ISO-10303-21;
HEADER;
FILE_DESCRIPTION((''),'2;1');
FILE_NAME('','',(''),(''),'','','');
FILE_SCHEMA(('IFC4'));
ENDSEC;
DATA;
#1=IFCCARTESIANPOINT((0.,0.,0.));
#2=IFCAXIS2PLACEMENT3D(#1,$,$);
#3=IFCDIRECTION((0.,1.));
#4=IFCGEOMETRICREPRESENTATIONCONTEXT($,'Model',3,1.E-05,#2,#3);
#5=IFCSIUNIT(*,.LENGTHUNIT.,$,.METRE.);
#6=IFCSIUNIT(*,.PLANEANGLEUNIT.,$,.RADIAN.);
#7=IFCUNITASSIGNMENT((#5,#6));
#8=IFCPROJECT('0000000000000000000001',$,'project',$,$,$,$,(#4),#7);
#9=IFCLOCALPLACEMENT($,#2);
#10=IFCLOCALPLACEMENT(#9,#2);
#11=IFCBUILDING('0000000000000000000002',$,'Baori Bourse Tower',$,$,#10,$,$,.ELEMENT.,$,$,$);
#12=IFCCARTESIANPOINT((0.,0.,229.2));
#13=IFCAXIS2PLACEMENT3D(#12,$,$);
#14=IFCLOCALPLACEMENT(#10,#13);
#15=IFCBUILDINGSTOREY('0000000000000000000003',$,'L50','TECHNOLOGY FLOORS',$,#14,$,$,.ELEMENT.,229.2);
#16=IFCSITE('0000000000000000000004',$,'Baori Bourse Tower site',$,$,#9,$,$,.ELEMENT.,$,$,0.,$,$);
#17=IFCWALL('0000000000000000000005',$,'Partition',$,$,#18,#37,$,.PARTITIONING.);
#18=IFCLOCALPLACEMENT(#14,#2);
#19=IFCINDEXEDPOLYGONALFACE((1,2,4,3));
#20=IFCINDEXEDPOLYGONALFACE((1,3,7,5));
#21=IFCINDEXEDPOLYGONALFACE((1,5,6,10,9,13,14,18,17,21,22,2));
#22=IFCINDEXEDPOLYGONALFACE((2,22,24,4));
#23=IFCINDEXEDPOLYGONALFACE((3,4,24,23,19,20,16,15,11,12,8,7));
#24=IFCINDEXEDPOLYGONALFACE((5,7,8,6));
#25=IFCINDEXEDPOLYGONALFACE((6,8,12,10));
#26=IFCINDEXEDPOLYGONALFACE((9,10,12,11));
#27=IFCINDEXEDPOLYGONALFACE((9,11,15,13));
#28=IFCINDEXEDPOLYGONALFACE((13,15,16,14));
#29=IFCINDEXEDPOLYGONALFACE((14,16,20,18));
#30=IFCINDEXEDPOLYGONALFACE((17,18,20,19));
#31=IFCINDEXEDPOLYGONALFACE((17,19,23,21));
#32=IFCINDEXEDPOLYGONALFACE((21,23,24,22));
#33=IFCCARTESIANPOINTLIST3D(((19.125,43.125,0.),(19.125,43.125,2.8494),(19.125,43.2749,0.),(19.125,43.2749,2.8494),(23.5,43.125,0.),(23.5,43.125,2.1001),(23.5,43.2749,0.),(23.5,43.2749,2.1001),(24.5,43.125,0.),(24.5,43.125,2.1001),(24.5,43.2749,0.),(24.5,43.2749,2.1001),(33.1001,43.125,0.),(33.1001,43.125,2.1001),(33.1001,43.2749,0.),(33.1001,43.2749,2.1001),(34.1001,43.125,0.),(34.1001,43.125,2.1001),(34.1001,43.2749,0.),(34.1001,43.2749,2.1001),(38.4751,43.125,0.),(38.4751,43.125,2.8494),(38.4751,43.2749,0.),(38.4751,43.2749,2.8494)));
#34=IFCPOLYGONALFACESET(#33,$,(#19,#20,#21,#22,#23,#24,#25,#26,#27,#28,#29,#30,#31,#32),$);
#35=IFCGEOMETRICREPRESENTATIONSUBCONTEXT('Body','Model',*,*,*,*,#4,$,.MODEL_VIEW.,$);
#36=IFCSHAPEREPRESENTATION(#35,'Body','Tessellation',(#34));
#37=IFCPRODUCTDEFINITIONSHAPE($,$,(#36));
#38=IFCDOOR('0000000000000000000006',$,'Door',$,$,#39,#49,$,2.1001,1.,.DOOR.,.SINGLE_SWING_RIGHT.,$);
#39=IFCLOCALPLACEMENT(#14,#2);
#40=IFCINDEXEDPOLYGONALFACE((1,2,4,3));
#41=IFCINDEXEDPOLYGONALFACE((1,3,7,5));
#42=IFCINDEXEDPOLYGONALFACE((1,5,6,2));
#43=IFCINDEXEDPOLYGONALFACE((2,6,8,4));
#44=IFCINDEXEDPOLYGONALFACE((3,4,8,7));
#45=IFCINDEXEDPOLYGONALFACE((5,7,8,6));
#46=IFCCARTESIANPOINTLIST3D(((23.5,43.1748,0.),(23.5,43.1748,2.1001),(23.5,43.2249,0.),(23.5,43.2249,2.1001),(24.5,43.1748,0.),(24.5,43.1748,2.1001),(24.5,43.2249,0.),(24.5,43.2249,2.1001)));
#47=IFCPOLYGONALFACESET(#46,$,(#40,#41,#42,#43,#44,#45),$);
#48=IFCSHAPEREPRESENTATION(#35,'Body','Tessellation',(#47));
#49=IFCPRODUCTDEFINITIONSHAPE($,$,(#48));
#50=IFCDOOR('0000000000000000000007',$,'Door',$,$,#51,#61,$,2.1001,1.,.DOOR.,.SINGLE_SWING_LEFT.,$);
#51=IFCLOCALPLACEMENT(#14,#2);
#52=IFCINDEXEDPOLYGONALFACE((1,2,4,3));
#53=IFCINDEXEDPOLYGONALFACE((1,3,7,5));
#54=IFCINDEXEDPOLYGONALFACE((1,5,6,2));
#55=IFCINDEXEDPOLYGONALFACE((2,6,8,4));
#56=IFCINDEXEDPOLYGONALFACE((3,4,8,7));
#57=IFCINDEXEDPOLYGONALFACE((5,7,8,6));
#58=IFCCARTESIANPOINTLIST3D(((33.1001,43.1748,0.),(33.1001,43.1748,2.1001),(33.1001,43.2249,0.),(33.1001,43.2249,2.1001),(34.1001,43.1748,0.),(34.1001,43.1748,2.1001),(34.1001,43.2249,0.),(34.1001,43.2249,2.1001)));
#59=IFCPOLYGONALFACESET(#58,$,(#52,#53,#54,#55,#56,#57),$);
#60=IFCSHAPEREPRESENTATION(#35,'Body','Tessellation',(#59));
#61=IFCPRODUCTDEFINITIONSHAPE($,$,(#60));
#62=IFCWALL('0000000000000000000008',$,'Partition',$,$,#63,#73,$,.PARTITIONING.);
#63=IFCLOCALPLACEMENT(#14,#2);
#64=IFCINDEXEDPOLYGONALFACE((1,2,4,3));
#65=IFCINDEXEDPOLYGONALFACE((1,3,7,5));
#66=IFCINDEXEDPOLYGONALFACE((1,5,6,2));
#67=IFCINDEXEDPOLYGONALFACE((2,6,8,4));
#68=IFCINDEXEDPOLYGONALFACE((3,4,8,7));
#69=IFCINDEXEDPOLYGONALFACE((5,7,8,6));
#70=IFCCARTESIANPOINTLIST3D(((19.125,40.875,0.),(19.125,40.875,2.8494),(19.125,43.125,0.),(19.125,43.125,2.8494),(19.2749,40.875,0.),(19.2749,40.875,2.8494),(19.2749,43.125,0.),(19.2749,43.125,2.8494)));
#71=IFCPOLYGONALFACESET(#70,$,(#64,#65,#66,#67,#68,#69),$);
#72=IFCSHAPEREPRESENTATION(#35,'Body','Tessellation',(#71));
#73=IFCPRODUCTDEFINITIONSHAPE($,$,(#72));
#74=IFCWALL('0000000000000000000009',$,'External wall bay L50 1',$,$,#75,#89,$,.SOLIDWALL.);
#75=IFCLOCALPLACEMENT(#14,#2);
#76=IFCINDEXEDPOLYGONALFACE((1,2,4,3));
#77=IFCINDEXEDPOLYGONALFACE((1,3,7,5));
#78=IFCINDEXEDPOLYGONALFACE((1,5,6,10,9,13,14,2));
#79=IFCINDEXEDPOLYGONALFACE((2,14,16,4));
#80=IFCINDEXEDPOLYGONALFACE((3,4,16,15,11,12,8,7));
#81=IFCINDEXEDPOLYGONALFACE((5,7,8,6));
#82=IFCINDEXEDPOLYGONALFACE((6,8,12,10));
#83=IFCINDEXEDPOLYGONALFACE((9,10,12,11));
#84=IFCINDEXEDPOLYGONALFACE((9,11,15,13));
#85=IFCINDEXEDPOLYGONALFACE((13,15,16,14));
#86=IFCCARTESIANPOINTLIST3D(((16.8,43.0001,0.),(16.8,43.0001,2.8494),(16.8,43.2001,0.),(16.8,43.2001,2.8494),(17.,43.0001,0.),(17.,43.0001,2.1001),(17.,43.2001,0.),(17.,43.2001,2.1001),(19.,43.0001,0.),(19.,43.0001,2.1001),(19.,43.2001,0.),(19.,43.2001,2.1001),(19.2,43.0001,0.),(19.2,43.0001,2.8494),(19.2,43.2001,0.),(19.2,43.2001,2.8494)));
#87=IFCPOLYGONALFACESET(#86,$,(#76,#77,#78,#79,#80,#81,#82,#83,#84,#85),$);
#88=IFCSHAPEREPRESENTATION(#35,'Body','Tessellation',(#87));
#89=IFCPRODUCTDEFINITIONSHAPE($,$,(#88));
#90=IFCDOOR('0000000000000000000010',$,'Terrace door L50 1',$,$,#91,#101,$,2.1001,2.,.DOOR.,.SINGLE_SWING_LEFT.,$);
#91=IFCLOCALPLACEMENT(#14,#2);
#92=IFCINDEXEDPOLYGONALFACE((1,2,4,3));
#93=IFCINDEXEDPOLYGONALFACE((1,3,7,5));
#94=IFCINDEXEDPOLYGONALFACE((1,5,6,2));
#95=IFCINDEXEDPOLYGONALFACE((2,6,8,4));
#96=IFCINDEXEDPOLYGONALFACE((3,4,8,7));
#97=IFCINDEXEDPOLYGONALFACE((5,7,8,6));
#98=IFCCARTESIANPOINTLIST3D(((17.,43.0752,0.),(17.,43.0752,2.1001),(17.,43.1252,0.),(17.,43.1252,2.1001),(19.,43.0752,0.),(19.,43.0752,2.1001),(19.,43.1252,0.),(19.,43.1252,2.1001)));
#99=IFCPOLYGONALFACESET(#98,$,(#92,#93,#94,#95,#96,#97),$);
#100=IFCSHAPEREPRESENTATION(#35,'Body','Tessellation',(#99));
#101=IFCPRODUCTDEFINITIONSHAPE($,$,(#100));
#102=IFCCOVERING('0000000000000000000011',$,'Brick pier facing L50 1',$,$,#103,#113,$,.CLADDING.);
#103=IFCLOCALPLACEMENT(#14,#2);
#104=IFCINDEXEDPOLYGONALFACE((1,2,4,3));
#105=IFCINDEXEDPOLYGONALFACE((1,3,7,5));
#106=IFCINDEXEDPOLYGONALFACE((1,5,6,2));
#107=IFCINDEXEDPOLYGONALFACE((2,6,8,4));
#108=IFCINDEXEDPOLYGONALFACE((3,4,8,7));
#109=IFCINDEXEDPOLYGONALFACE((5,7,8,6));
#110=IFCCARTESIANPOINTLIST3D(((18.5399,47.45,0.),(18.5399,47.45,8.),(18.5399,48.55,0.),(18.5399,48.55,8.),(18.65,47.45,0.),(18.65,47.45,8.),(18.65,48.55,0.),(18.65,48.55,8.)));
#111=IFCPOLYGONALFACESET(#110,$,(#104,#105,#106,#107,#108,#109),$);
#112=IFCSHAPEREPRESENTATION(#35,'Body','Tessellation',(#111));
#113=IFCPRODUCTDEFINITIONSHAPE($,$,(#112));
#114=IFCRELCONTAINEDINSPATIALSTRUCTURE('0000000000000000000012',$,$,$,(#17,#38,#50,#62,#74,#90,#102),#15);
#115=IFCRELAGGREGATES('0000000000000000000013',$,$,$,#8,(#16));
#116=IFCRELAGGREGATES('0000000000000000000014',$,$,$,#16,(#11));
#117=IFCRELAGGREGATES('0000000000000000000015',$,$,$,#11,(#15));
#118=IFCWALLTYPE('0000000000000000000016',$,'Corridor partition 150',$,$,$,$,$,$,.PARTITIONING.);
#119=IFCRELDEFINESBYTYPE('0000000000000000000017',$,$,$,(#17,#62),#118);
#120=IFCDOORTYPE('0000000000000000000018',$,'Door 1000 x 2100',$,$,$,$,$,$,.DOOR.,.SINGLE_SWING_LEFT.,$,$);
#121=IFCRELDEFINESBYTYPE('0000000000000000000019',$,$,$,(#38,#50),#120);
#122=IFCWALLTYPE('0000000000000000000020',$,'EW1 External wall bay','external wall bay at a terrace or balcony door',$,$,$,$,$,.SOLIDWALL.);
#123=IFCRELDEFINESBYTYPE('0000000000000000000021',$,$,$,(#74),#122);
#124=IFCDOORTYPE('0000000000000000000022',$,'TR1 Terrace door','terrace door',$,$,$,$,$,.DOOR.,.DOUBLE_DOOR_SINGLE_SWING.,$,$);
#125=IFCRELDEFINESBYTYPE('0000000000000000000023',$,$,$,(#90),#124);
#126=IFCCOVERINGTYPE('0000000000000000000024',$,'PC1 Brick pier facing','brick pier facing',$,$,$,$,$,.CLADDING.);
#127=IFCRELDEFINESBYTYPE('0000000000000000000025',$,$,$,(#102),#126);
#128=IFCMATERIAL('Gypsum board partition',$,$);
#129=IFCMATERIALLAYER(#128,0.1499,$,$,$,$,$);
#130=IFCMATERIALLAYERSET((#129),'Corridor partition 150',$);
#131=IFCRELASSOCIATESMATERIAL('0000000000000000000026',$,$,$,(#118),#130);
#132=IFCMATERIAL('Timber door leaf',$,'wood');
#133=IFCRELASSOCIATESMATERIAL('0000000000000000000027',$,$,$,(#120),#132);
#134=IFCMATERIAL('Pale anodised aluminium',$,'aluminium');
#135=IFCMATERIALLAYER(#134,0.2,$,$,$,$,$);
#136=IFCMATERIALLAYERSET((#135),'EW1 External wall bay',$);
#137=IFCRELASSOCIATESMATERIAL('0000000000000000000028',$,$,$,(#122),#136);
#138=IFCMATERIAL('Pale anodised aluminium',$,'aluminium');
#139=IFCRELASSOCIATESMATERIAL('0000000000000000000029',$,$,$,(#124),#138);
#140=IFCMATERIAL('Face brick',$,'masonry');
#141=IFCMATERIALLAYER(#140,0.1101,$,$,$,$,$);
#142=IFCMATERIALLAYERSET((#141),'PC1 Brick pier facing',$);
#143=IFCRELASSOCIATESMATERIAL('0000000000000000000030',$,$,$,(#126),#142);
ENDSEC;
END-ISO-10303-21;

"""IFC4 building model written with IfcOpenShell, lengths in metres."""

from ifc_helpers import new_model, si_unit, direction, frame, frame_2d, origin, origin_2d, place, context, subcontext, project, spatial, rectangle, extrude, material, layer, layer_set, type_object, element, fill, save


model = new_model("IFC4")

# Units and contexts
model_context = context("Model", 3, precision=1e-05, world=origin(), true_north=direction((0.0, 1.0)))
body_context = subcontext(model_context, "Body", "Model", "MODEL_VIEW")
ifc_project = project(units=[si_unit("LENGTHUNIT", "METRE"), si_unit("PLANEANGLEUNIT", "RADIAN")], contexts=[model_context])

# Site, building, storey
site_placement = place(None, origin())
site = spatial("IfcSite", under=ifc_project, at=site_placement, Name="Baori Bourse Tower site", CompositionType="ELEMENT", RefElevation=0.0)
building_placement = place(site_placement, origin())
building = spatial("IfcBuilding", under=site, at=building_placement, Name="Baori Bourse Tower", CompositionType="ELEMENT")
storey_placement = place(building_placement, frame((0.0, 0.0, 229.2)))
storey = spatial("IfcBuildingStorey", under=building, at=storey_placement, Name="L50", Description="TECHNOLOGY FLOORS", CompositionType="ELEMENT", Elevation=229.2)

# Wall, openings, doors
ifc_material_1 = material(Name="Gypsum board partition")
ifc_layer_1 = layer(ifc_material_1, 0.1499)
ifc_layer_set_1 = layer_set([ifc_layer_1], Name="Corridor partition 150")
wall_type_1 = type_object("IfcWallType", Name="Corridor partition 150", PredefinedType="PARTITIONING", material=ifc_layer_set_1)
ifc_material_2 = material(Name="Timber door leaf", Category="wood")
door_type_1 = type_object("IfcDoorType", Name="Door 1000 x 2100", OperationType="SINGLE_SWING_LEFT", PredefinedType="DOOR", material=ifc_material_2)
wall_1_placement = place(storey_placement, frame((19.125, 43.2, 0.0), z_axis=(0.0, 0.0, 1.0), x_axis=(1.0, 0.0, 0.0)))
wall_1 = element("IfcWall", 1, at=wall_1_placement, inside=storey, type_object=wall_type_1, Name="Partition", PredefinedType="PARTITIONING", context=body_context, shape_type="SweptSolid", body=[
    extrude(rectangle(XDim=19.3501, YDim=0.1499, at=frame_2d((9.675, 0.0))), origin(), (0.0, 0.0, 1.0), 2.8494),
])
opening_1_placement = place(wall_1_placement, frame((4.375, 0.0, 0.0)))
opening_1 = element("IfcOpeningElement", 2, at=opening_1_placement, cuts=wall_1, PredefinedType="OPENING", context=body_context, shape_type="SweptSolid", body=[
    extrude(rectangle(XDim=1.0, YDim=2.1001, at=frame_2d((0.5, 1.05))), frame((0.0, 0.085, 0.0), z_axis=(0.0, -1.0, 0.0), x_axis=(1.0, 0.0, 0.0)), (0.0, 0.0, 1.0), 0.1699),
])
opening_2_placement = place(wall_1_placement, frame((13.9751, 0.0, 0.0)))
opening_2 = element("IfcOpeningElement", 3, at=opening_2_placement, cuts=wall_1, PredefinedType="OPENING", context=body_context, shape_type="SweptSolid", body=[
    extrude(rectangle(XDim=1.0, YDim=2.1001, at=frame_2d((0.5, 1.05))), frame((0.0, 0.085, 0.0), z_axis=(0.0, -1.0, 0.0), x_axis=(1.0, 0.0, 0.0)), (0.0, 0.0, 1.0), 0.1699),
])
door_1_placement = place(opening_1_placement, origin())
door_1 = element("IfcDoor", 4, at=door_1_placement, inside=storey, type_object=door_type_1, Name="Door", OperationType="SINGLE_SWING_RIGHT", OverallHeight=2.1001, OverallWidth=1.0, PredefinedType="DOOR", context=body_context, shape_type="SweptSolid", body=[
    extrude(rectangle(XDim=1.0, YDim=2.1001, at=frame_2d((0.5, 1.05))), frame((0.0, 0.0249, 0.0), z_axis=(0.0, -1.0, 0.0), x_axis=(1.0, 0.0, 0.0)), (0.0, 0.0, 1.0), 0.05),
])
fill(opening_1, door_1)
door_2_placement = place(opening_2_placement, origin())
door_2 = element("IfcDoor", 5, at=door_2_placement, inside=storey, type_object=door_type_1, Name="Door", OperationType="SINGLE_SWING_LEFT", OverallHeight=2.1001, OverallWidth=1.0, PredefinedType="DOOR", context=body_context, shape_type="SweptSolid", body=[
    extrude(rectangle(XDim=1.0, YDim=2.1001, at=frame_2d((0.5, 1.05))), frame((0.0, 0.0249, 0.0), z_axis=(0.0, -1.0, 0.0), x_axis=(1.0, 0.0, 0.0)), (0.0, 0.0, 1.0), 0.05),
])
fill(opening_2, door_2)

# Wall
wall_2_placement = place(storey_placement, frame((19.2, 40.875, 0.0), z_axis=(0.0, 0.0, 1.0), x_axis=(0.0, 1.0, 0.0)))
element("IfcWall", 6, at=wall_2_placement, inside=storey, type_object=wall_type_1, Name="Partition", PredefinedType="PARTITIONING", context=body_context, shape_type="SweptSolid", body=[
    extrude(rectangle(XDim=2.25, YDim=0.1499, at=frame_2d((1.125, 0.0))), origin(), (0.0, 0.0, 1.0), 2.8494),
])

# Wall, opening, door
ifc_material_3 = material(Name="Pale anodised aluminium", Category="aluminium")
ifc_layer_2 = layer(ifc_material_3, 0.2)
ifc_layer_set_2 = layer_set([ifc_layer_2], Name="EW1 External wall bay")
wall_type_2 = type_object("IfcWallType", Name="EW1 External wall bay", Description="external wall bay at a terrace or balcony door", PredefinedType="SOLIDWALL", material=ifc_layer_set_2)
wall_3_placement = place(storey_placement, frame((19.2, 43.1001, 0.0), z_axis=(0.0, 0.0, 1.0), x_axis=(-1.0, 0.0, 0.0)))
wall_3 = element("IfcWall", 7, at=wall_3_placement, inside=storey, type_object=wall_type_2, Name="External wall bay L50 1", PredefinedType="SOLIDWALL", context=body_context, shape_type="SweptSolid", body=[
    extrude(rectangle(XDim=2.3999, YDim=0.2, at=frame_2d((1.2, 0.0))), origin(), (0.0, 0.0, 1.0), 2.8494),
])
opening_3_placement = place(wall_3_placement, frame((0.2, 0.0, 0.0)))
opening_3 = element("IfcOpeningElement", 8, at=opening_3_placement, cuts=wall_3, PredefinedType="OPENING", context=body_context, shape_type="SweptSolid", body=[
    extrude(rectangle(XDim=2.0, YDim=2.1001, at=frame_2d((1.0, 1.05))), frame((0.0, 0.1099, 0.0), z_axis=(0.0, -1.0, 0.0), x_axis=(1.0, 0.0, 0.0)), (0.0, 0.0, 1.0), 0.22),
])
ifc_material_4 = material(Name="Pale anodised aluminium", Category="aluminium")
door_type_2 = type_object("IfcDoorType", Name="TR1 Terrace door", Description="terrace door", OperationType="DOUBLE_DOOR_SINGLE_SWING", PredefinedType="DOOR", material=ifc_material_4)
door_3_placement = place(opening_3_placement, origin())
door_3 = element("IfcDoor", 9, at=door_3_placement, inside=storey, type_object=door_type_2, Name="Terrace door L50 1", OperationType="SINGLE_SWING_LEFT", OverallHeight=2.1001, OverallWidth=2.0, PredefinedType="DOOR", context=body_context, shape_type="SweptSolid", body=[
    extrude(rectangle(XDim=2.0, YDim=2.1001, at=frame_2d((1.0, 1.05))), frame((0.0, 0.0249, 0.0), z_axis=(0.0, -1.0, 0.0), x_axis=(1.0, 0.0, 0.0)), (0.0, 0.0, 1.0), 0.05),
])
fill(opening_3, door_3)

# Covering
ifc_material_5 = material(Name="Face brick", Category="masonry")
ifc_layer_3 = layer(ifc_material_5, 0.1101)
ifc_layer_set_3 = layer_set([ifc_layer_3], Name="PC1 Brick pier facing")
covering_type = type_object("IfcCoveringType", Name="PC1 Brick pier facing", Description="brick pier facing", PredefinedType="CLADDING", material=ifc_layer_set_3)
covering_placement = place(storey_placement, frame((18.595, 48.0, 0.0), z_axis=(0.0, 0.0, 1.0), x_axis=(1.0, 0.0, 0.0)))
element("IfcCovering", 10, at=covering_placement, inside=storey, type_object=covering_type, Name="Brick pier facing L50 1", PredefinedType="CLADDING", context=body_context, shape_type="SweptSolid", body=[
    extrude(rectangle(XDim=0.1101, YDim=1.1001, at=origin_2d()), origin(), (0.0, 0.0, 1.0), 8.0),
])

save(model, "model.ifc")
